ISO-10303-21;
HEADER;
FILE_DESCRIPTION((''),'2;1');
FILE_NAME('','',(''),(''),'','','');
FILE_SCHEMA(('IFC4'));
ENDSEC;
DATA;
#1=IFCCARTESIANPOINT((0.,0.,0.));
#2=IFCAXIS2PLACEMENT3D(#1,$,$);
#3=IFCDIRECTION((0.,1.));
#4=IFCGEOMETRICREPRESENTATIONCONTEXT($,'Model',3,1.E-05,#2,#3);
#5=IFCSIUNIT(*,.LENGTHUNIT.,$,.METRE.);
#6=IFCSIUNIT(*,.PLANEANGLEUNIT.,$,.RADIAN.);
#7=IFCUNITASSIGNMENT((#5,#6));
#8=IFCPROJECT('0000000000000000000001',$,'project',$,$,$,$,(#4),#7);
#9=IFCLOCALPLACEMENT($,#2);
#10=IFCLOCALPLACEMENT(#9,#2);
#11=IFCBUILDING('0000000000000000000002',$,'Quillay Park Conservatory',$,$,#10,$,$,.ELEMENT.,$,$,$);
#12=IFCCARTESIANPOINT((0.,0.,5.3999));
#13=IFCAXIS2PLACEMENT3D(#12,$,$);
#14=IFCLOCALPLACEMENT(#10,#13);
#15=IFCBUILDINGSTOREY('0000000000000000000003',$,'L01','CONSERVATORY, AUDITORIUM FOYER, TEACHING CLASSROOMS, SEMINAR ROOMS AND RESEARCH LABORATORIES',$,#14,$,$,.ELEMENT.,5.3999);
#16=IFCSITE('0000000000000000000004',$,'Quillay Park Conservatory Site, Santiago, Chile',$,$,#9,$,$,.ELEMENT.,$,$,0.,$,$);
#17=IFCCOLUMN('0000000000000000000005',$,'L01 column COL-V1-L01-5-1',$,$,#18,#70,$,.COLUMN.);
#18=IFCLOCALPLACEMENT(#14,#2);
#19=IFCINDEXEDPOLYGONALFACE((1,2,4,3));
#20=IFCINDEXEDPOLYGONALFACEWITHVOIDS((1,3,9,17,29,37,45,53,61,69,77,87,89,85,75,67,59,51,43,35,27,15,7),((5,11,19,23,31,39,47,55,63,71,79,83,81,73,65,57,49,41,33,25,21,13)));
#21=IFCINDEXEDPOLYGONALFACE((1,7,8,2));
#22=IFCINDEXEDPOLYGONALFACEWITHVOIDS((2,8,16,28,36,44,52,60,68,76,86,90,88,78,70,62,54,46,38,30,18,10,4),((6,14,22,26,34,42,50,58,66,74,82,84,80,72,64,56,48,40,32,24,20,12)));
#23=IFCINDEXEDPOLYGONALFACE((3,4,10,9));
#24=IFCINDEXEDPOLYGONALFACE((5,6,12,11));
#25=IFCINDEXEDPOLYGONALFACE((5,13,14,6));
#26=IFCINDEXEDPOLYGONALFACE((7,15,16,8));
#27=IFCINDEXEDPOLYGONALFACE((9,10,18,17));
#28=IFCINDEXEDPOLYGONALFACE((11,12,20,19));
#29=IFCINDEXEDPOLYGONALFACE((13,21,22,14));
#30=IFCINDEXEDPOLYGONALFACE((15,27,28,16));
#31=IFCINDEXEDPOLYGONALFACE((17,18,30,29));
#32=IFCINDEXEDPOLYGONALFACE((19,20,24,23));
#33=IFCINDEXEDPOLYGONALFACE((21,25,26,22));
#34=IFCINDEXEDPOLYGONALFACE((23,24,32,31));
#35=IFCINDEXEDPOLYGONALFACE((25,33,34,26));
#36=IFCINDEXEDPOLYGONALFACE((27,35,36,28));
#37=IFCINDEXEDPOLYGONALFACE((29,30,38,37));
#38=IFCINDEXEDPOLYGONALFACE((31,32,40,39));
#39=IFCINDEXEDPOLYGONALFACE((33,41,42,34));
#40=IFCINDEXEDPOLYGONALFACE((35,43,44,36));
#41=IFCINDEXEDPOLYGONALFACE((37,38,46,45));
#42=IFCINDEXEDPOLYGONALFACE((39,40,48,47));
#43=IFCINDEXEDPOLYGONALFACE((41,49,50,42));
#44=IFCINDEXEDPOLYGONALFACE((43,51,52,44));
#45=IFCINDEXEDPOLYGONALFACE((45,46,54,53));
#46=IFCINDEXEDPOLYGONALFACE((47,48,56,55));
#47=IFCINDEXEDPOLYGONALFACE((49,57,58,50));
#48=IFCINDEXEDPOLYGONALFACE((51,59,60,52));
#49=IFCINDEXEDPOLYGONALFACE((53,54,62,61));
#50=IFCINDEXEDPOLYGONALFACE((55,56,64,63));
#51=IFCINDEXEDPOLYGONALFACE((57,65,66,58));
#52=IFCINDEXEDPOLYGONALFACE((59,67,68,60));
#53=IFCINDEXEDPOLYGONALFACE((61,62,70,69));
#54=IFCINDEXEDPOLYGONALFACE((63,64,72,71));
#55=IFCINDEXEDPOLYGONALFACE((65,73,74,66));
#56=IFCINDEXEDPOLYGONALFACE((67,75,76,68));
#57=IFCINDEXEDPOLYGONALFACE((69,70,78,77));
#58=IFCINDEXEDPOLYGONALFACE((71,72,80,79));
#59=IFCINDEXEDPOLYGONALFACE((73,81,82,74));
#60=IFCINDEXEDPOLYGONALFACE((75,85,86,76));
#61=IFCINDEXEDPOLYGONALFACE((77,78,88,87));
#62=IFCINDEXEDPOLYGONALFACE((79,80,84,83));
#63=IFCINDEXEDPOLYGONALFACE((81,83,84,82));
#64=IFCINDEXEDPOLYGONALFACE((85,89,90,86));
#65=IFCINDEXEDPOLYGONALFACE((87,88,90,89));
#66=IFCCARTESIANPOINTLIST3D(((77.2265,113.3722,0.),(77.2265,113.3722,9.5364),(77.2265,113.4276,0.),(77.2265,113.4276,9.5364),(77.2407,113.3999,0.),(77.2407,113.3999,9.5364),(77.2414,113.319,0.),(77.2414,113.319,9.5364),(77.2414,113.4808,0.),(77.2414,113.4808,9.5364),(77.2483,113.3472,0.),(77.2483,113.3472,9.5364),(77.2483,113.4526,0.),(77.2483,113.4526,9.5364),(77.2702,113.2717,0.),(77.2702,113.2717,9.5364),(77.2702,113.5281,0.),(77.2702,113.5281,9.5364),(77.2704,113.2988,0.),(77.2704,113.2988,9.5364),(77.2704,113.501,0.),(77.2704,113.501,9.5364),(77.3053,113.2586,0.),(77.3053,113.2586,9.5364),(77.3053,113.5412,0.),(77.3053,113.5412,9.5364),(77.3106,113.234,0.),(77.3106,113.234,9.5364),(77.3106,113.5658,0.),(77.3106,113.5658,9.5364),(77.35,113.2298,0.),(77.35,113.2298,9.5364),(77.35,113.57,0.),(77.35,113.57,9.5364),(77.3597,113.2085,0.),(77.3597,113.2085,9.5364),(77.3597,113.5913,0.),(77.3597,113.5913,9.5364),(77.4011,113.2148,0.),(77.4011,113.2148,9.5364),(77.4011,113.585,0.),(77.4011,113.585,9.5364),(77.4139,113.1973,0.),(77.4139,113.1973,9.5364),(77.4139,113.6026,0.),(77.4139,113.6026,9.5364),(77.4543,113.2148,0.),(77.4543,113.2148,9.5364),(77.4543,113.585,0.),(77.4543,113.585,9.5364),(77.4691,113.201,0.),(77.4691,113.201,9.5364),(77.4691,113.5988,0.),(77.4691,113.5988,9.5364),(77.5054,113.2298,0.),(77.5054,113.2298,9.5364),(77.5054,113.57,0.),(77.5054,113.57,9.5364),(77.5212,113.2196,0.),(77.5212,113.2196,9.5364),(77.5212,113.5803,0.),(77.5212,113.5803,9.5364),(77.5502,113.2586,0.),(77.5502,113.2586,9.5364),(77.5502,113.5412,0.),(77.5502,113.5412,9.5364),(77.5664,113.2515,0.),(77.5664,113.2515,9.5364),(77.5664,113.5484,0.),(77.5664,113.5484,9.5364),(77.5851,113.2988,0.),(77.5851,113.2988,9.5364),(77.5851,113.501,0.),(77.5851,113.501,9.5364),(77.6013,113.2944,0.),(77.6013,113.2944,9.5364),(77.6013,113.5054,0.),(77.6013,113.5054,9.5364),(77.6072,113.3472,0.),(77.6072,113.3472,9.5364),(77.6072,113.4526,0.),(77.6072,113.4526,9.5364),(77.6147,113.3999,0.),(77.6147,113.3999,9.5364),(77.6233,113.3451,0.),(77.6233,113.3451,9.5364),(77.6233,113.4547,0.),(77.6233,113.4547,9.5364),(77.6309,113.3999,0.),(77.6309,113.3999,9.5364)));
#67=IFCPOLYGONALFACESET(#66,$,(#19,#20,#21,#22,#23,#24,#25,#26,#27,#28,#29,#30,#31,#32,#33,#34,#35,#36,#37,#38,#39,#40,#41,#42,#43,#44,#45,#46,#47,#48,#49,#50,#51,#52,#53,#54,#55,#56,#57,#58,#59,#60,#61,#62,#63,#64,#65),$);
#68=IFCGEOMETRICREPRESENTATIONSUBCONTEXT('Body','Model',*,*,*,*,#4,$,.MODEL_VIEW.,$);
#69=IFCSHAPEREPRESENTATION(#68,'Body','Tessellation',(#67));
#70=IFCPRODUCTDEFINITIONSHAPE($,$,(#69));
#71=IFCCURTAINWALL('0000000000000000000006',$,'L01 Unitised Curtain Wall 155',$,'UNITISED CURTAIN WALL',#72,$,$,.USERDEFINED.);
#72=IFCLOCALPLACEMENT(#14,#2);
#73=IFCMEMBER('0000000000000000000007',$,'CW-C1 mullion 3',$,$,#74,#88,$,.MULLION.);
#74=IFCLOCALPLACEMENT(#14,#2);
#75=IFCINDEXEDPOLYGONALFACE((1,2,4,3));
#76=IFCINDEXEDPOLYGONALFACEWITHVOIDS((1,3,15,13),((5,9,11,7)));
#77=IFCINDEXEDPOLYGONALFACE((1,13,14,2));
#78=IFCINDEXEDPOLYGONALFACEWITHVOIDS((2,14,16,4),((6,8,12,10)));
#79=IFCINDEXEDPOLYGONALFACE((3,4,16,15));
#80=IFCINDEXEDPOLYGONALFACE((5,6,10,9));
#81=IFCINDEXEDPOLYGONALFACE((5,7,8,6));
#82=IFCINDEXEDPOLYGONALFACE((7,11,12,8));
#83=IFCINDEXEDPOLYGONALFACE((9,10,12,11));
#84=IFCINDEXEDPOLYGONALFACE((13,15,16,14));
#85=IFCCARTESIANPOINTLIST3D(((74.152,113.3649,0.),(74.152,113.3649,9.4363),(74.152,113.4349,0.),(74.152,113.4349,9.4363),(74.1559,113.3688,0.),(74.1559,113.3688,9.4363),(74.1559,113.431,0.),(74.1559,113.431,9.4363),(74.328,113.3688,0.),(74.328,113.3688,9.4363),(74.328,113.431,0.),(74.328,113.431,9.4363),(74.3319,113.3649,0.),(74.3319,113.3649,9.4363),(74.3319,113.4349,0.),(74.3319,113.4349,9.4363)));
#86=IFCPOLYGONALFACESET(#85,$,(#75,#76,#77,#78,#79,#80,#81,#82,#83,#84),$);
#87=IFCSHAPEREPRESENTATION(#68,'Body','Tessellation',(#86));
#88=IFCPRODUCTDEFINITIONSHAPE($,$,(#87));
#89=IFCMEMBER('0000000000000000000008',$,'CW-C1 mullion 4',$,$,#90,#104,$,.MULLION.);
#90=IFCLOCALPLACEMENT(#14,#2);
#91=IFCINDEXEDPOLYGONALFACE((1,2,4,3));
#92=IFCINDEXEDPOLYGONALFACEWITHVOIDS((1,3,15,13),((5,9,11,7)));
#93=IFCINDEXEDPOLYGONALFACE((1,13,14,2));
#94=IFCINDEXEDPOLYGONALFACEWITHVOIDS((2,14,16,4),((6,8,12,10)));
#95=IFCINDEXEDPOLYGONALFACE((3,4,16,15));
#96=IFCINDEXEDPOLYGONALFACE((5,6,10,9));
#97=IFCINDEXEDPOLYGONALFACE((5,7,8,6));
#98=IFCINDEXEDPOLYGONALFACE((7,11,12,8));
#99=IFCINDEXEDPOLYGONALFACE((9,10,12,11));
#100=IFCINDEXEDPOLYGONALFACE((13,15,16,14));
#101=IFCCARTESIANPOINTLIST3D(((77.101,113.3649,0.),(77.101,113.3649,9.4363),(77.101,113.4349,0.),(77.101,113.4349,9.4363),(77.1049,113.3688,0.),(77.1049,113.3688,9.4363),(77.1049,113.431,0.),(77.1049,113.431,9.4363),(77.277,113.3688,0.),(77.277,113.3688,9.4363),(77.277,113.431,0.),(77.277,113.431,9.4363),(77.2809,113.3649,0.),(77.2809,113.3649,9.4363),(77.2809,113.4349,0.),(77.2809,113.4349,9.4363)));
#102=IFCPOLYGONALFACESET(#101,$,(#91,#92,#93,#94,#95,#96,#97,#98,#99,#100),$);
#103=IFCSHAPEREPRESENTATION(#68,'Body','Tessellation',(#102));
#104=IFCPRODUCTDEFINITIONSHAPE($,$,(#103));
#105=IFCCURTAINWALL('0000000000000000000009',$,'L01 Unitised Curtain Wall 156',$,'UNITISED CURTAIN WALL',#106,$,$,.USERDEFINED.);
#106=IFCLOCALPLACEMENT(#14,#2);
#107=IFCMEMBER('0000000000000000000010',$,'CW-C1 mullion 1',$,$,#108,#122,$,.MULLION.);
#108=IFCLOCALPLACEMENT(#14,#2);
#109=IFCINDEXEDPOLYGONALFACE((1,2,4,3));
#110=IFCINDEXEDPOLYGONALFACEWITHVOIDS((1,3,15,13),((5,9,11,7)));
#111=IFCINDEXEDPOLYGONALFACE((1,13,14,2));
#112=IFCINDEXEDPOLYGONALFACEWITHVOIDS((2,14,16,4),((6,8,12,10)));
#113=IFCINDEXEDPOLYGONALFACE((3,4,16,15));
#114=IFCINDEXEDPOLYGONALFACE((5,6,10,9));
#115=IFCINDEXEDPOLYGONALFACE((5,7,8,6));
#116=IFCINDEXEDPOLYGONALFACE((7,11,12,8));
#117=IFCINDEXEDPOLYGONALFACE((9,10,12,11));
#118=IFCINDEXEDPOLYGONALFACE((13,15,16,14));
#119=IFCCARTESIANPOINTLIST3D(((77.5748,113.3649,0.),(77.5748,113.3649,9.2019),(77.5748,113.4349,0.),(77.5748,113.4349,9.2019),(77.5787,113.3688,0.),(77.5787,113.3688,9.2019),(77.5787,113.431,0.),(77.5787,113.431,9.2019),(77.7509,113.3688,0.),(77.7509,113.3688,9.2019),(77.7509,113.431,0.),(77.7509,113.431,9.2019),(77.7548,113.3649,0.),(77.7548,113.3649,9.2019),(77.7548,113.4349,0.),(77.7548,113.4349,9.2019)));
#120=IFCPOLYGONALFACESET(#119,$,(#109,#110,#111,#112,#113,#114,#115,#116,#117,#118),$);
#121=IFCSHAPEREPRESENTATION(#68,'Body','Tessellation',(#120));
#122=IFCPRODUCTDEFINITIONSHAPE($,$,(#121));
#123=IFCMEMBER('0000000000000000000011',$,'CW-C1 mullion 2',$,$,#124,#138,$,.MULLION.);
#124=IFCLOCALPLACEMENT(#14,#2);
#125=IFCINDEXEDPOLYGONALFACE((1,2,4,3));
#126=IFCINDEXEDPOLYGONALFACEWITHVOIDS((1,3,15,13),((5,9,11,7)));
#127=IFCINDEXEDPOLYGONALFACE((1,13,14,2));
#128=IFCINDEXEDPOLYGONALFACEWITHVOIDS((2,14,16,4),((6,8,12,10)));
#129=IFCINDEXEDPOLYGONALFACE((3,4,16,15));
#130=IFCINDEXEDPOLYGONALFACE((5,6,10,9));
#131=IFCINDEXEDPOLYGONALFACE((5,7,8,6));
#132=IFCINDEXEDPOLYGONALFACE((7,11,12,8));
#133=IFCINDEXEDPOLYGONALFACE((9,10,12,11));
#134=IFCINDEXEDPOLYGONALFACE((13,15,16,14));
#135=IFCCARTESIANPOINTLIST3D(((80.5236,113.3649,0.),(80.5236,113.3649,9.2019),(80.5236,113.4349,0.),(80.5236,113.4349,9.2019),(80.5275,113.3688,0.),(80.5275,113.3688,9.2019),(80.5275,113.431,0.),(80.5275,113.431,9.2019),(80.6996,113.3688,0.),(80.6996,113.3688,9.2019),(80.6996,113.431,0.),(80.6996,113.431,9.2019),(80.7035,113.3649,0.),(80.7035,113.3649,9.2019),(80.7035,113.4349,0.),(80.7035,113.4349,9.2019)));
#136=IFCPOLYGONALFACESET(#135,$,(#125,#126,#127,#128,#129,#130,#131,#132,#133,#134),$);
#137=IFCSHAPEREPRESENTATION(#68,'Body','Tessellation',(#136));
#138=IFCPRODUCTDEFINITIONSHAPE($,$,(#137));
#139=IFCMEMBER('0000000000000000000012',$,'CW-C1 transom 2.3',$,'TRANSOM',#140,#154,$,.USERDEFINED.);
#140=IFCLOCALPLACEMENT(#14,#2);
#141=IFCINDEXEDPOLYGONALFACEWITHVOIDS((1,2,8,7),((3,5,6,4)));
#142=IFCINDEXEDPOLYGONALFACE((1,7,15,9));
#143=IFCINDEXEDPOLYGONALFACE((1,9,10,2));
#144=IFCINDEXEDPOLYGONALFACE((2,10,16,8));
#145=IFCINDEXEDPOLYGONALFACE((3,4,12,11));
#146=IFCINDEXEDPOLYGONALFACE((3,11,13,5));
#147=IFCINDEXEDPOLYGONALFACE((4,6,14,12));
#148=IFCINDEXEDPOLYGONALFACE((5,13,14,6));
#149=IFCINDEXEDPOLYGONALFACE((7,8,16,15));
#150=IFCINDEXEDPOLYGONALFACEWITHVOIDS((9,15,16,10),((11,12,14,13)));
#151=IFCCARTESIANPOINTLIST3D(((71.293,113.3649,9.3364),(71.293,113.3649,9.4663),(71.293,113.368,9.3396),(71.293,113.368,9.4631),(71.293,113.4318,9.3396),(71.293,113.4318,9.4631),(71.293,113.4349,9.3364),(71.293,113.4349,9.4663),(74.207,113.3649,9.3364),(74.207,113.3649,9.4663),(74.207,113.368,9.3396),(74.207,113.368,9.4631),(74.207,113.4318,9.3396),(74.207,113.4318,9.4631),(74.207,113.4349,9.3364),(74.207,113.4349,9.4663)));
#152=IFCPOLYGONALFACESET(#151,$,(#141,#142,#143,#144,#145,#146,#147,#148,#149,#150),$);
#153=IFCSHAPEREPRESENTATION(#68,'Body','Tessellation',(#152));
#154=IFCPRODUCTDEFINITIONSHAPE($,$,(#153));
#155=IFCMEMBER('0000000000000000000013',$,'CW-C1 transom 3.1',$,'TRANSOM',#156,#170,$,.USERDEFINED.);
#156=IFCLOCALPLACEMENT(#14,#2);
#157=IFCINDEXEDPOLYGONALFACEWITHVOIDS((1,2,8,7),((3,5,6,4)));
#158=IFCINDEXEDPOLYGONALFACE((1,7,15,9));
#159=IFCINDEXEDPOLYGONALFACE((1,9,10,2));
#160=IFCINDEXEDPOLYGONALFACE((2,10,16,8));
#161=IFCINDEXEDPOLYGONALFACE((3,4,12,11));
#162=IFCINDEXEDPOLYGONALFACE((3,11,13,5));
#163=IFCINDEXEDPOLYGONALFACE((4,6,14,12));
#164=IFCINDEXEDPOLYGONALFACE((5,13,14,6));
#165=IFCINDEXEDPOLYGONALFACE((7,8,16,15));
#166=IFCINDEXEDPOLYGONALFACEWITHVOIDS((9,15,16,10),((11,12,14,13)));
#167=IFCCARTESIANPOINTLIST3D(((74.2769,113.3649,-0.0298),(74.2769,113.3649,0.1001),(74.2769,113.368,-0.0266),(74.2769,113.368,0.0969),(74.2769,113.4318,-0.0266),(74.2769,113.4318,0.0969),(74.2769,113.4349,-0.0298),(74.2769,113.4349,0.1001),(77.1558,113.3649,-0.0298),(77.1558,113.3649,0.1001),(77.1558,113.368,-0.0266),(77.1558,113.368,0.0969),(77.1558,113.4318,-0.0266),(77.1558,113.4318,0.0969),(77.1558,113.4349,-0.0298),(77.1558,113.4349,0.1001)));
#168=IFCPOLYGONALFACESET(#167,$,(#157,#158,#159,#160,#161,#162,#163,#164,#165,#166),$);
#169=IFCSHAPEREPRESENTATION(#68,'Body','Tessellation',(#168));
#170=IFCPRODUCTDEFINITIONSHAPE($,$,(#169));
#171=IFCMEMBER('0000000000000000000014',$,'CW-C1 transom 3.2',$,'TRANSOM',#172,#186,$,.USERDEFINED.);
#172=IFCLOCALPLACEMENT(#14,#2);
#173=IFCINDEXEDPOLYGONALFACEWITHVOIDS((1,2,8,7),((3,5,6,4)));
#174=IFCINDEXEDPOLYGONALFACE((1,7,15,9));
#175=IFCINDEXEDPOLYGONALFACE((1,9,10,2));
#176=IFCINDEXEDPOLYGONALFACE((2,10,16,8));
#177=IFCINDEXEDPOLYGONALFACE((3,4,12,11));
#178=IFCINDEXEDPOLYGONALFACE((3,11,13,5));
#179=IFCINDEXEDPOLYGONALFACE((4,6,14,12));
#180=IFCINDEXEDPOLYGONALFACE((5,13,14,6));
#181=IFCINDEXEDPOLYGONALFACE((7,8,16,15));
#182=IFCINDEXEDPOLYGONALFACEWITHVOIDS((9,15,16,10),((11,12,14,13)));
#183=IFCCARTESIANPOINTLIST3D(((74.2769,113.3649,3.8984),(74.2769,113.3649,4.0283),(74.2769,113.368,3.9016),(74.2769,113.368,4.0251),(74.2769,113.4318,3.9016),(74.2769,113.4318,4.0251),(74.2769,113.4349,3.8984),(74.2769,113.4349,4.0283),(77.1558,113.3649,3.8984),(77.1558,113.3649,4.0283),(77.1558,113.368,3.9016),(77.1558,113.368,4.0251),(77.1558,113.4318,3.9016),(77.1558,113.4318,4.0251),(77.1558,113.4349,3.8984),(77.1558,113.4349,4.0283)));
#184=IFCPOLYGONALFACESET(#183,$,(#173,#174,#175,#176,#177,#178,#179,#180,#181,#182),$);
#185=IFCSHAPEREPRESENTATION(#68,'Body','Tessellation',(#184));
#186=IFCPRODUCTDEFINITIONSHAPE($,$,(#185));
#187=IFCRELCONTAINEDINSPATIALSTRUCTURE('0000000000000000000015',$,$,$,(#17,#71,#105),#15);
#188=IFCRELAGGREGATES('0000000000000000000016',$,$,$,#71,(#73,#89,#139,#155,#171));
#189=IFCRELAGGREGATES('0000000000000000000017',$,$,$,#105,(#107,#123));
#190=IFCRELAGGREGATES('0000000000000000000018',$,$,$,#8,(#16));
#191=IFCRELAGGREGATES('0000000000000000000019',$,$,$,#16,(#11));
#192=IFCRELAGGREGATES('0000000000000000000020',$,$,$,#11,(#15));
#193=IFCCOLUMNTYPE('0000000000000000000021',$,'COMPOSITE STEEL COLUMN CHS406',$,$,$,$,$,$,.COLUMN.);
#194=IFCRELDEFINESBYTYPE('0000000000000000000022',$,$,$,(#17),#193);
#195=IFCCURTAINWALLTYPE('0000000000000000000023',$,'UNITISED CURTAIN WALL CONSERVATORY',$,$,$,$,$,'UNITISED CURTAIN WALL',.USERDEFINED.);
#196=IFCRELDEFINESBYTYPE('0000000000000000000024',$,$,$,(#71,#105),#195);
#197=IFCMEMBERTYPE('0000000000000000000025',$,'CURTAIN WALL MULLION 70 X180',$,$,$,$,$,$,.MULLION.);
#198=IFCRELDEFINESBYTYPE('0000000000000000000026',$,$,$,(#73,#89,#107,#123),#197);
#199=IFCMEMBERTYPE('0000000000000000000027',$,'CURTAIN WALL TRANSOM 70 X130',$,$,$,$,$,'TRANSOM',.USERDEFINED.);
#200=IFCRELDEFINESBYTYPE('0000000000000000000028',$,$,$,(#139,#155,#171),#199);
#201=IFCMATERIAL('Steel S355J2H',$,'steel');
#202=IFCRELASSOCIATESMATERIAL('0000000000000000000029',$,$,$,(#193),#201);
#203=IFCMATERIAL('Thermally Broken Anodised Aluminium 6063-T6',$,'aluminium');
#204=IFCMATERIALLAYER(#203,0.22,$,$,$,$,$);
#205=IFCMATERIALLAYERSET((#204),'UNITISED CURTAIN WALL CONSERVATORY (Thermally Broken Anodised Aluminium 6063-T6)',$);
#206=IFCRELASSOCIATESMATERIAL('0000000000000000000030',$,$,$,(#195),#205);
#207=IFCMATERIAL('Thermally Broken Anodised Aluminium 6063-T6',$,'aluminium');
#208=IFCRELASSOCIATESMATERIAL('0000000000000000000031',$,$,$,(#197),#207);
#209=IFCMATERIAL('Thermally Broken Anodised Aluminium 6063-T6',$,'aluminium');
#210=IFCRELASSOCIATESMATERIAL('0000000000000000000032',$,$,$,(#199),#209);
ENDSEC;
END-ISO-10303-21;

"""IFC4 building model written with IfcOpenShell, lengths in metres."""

from ifc_helpers import new_model, si_unit, direction, frame, origin, origin_2d, place, context, subcontext, project, spatial, hollow_rectangle, hollow_circle, extrude, material, layer, layer_set, material_profile, profile_set, type_object, element, aggregate, save


model = new_model("IFC4")

# Units and contexts
model_context = context("Model", 3, precision=1e-05, world=origin(), true_north=direction((0.0, 1.0)))
body_context = subcontext(model_context, "Body", "Model", "MODEL_VIEW")
ifc_project = project(units=[si_unit("LENGTHUNIT", "METRE"), si_unit("PLANEANGLEUNIT", "RADIAN")], contexts=[model_context])

# Site, building, storey
site_placement = place(None, origin())
site = spatial("IfcSite", under=ifc_project, at=site_placement, Name="Quillay Park Conservatory Site, Santiago, Chile", CompositionType="ELEMENT", RefElevation=0.0)
building_placement = place(site_placement, origin())
building = spatial("IfcBuilding", under=site, at=building_placement, Name="Quillay Park Conservatory", CompositionType="ELEMENT")
storey_placement = place(building_placement, frame((0.0, 0.0, 5.3999)))
storey = spatial("IfcBuildingStorey", under=building, at=storey_placement, Name="L01", Description="CONSERVATORY, AUDITORIUM FOYER, TEACHING CLASSROOMS, SEMINAR ROOMS AND RESEARCH LABORATORIES", CompositionType="ELEMENT", Elevation=5.3999)

# Column
ifc_material_1 = material(Name="Steel S355J2H", Category="steel")
ifc_material_profile_1 = material_profile(ifc_material_1, hollow_circle(Radius=0.2031, WallThickness=0.0161, at=origin_2d()), Name="CHS406.4x16")
ifc_profile_set_1 = profile_set([ifc_material_profile_1], Name="Steel S355J2H")
column_type = type_object("IfcColumnType", Name="COMPOSITE STEEL COLUMN CHS406", PredefinedType="COLUMN", material=ifc_profile_set_1)
column_placement = place(storey_placement, frame((77.4277, 113.3999, 0.0), z_axis=(0.0, 0.0, 1.0), x_axis=(1.0, 0.0, 0.0)))
element("IfcColumn", 1, at=column_placement, inside=storey, type_object=column_type, Name="L01 column COL-V1-L01-5-1", PredefinedType="COLUMN", context=body_context, shape_type="SweptSolid", body=[
    extrude(hollow_circle(Radius=0.2031, WallThickness=0.0161, at=origin_2d()), origin(), (0.0, 0.0, 1.0), 9.5364),
])

# Curtain walls, members
ifc_material_2 = material(Name="Thermally Broken Anodised Aluminium 6063-T6", Category="aluminium")
ifc_layer_1 = layer(ifc_material_2, 0.22)
ifc_layer_set_1 = layer_set([ifc_layer_1], Name="UNITISED CURTAIN WALL CONSERVATORY (Thermally Broken Anodised Aluminium 6063-T6)")
curtain_wall_type = type_object("IfcCurtainWallType", Name="UNITISED CURTAIN WALL CONSERVATORY", ElementType="UNITISED CURTAIN WALL", PredefinedType="USERDEFINED", material=ifc_layer_set_1)
curtain_wall_1_placement = place(storey_placement, origin())
curtain_wall_1 = element("IfcCurtainWall", 2, at=curtain_wall_1_placement, inside=storey, type_object=curtain_wall_type, Name="L01 Unitised Curtain Wall 155", ObjectType="UNITISED CURTAIN WALL", PredefinedType="USERDEFINED")
ifc_material_3 = material(Name="Thermally Broken Anodised Aluminium 6063-T6", Category="aluminium")
ifc_material_profile_2 = material_profile(ifc_material_3, hollow_rectangle(XDim=0.0701, YDim=0.1799, WallThickness=0.0039, at=origin_2d()), Name="AL70x180x4")
ifc_profile_set_2 = profile_set([ifc_material_profile_2], Name="Thermally Broken Anodised Aluminium 6063-T6")
member_type_1 = type_object("IfcMemberType", Name="CURTAIN WALL MULLION 70 X180", PredefinedType="MULLION", material=ifc_profile_set_2)
member_1_placement = place(storey_placement, frame((74.2419, 113.3999, 0.0), z_axis=(0.0, 0.0, 1.0), x_axis=(0.0, 1.0, 0.0)))
member_1 = element("IfcMember", 3, at=member_1_placement, type_object=member_type_1, Name="CW-C1 mullion 3", PredefinedType="MULLION", context=body_context, shape_type="SweptSolid", body=[
    extrude(hollow_rectangle(XDim=0.0701, YDim=0.1799, WallThickness=0.0039, at=origin_2d()), origin(), (0.0, 0.0, 1.0), 9.4363),
])
member_2_placement = place(storey_placement, frame((77.1909, 113.3999, 0.0), z_axis=(0.0, 0.0, 1.0), x_axis=(0.0, 1.0, 0.0)))
member_2 = element("IfcMember", 4, at=member_2_placement, type_object=member_type_1, Name="CW-C1 mullion 4", PredefinedType="MULLION", context=body_context, shape_type="SweptSolid", body=[
    extrude(hollow_rectangle(XDim=0.0701, YDim=0.1799, WallThickness=0.0039, at=origin_2d()), origin(), (0.0, 0.0, 1.0), 9.4363),
])
curtain_wall_2_placement = place(storey_placement, origin())
curtain_wall_2 = element("IfcCurtainWall", 5, at=curtain_wall_2_placement, inside=storey, type_object=curtain_wall_type, Name="L01 Unitised Curtain Wall 156", ObjectType="UNITISED CURTAIN WALL", PredefinedType="USERDEFINED")
member_3_placement = place(storey_placement, frame((77.6648, 113.3999, 0.0), z_axis=(0.0, 0.0, 1.0), x_axis=(0.0, 1.0, 0.0)))
member_3 = element("IfcMember", 6, at=member_3_placement, type_object=member_type_1, Name="CW-C1 mullion 1", PredefinedType="MULLION", context=body_context, shape_type="SweptSolid", body=[
    extrude(hollow_rectangle(XDim=0.0701, YDim=0.1799, WallThickness=0.0039, at=origin_2d()), origin(), (0.0, 0.0, 1.0), 9.2019),
])
member_4_placement = place(storey_placement, frame((80.6135, 113.3999, 0.0), z_axis=(0.0, 0.0, 1.0), x_axis=(0.0, 1.0, 0.0)))
member_4 = element("IfcMember", 7, at=member_4_placement, type_object=member_type_1, Name="CW-C1 mullion 2", PredefinedType="MULLION", context=body_context, shape_type="SweptSolid", body=[
    extrude(hollow_rectangle(XDim=0.0701, YDim=0.1799, WallThickness=0.0039, at=origin_2d()), origin(), (0.0, 0.0, 1.0), 9.2019),
])

# Members
ifc_material_4 = material(Name="Thermally Broken Anodised Aluminium 6063-T6", Category="aluminium")
ifc_material_profile_3 = material_profile(ifc_material_4, hollow_rectangle(XDim=0.0701, YDim=0.1299, WallThickness=0.0032, at=origin_2d()), Name="AL70x130x3.2")
ifc_profile_set_3 = profile_set([ifc_material_profile_3], Name="Thermally Broken Anodised Aluminium 6063-T6")
member_type_2 = type_object("IfcMemberType", Name="CURTAIN WALL TRANSOM 70 X130", ElementType="TRANSOM", PredefinedType="USERDEFINED", material=ifc_profile_set_3)
member_5_placement = place(storey_placement, frame((71.293, 113.3999, 9.4014), z_axis=(1.0, 0.0, 0.0), x_axis=(0.0, 1.0, 0.0)))
member_5 = element("IfcMember", 8, at=member_5_placement, type_object=member_type_2, Name="CW-C1 transom 2.3", ObjectType="TRANSOM", PredefinedType="USERDEFINED", context=body_context, shape_type="SweptSolid", body=[
    extrude(hollow_rectangle(XDim=0.0701, YDim=0.1299, WallThickness=0.0032, at=origin_2d()), origin(), (0.0, 0.0, 1.0), 2.9141),
])
member_6_placement = place(storey_placement, frame((74.2769, 113.3999, 0.0352), z_axis=(1.0, 0.0, 0.0), x_axis=(0.0, 1.0, 0.0)))
member_6 = element("IfcMember", 9, at=member_6_placement, type_object=member_type_2, Name="CW-C1 transom 3.1", ObjectType="TRANSOM", PredefinedType="USERDEFINED", context=body_context, shape_type="SweptSolid", body=[
    extrude(hollow_rectangle(XDim=0.0701, YDim=0.1299, WallThickness=0.0032, at=origin_2d()), origin(), (0.0, 0.0, 1.0), 2.8789),
])
member_7_placement = place(storey_placement, frame((74.2769, 113.3999, 3.9634), z_axis=(1.0, 0.0, 0.0), x_axis=(0.0, 1.0, 0.0)))
member_7 = element("IfcMember", 10, at=member_7_placement, type_object=member_type_2, Name="CW-C1 transom 3.2", ObjectType="TRANSOM", PredefinedType="USERDEFINED", context=body_context, shape_type="SweptSolid", body=[
    extrude(hollow_rectangle(XDim=0.0701, YDim=0.1299, WallThickness=0.0032, at=origin_2d()), origin(), (0.0, 0.0, 1.0), 2.8789),
])

aggregate(curtain_wall_1, [member_1, member_2, member_5, member_6, member_7])
aggregate(curtain_wall_2, [member_3, member_4])

save(model, "model.ifc")
